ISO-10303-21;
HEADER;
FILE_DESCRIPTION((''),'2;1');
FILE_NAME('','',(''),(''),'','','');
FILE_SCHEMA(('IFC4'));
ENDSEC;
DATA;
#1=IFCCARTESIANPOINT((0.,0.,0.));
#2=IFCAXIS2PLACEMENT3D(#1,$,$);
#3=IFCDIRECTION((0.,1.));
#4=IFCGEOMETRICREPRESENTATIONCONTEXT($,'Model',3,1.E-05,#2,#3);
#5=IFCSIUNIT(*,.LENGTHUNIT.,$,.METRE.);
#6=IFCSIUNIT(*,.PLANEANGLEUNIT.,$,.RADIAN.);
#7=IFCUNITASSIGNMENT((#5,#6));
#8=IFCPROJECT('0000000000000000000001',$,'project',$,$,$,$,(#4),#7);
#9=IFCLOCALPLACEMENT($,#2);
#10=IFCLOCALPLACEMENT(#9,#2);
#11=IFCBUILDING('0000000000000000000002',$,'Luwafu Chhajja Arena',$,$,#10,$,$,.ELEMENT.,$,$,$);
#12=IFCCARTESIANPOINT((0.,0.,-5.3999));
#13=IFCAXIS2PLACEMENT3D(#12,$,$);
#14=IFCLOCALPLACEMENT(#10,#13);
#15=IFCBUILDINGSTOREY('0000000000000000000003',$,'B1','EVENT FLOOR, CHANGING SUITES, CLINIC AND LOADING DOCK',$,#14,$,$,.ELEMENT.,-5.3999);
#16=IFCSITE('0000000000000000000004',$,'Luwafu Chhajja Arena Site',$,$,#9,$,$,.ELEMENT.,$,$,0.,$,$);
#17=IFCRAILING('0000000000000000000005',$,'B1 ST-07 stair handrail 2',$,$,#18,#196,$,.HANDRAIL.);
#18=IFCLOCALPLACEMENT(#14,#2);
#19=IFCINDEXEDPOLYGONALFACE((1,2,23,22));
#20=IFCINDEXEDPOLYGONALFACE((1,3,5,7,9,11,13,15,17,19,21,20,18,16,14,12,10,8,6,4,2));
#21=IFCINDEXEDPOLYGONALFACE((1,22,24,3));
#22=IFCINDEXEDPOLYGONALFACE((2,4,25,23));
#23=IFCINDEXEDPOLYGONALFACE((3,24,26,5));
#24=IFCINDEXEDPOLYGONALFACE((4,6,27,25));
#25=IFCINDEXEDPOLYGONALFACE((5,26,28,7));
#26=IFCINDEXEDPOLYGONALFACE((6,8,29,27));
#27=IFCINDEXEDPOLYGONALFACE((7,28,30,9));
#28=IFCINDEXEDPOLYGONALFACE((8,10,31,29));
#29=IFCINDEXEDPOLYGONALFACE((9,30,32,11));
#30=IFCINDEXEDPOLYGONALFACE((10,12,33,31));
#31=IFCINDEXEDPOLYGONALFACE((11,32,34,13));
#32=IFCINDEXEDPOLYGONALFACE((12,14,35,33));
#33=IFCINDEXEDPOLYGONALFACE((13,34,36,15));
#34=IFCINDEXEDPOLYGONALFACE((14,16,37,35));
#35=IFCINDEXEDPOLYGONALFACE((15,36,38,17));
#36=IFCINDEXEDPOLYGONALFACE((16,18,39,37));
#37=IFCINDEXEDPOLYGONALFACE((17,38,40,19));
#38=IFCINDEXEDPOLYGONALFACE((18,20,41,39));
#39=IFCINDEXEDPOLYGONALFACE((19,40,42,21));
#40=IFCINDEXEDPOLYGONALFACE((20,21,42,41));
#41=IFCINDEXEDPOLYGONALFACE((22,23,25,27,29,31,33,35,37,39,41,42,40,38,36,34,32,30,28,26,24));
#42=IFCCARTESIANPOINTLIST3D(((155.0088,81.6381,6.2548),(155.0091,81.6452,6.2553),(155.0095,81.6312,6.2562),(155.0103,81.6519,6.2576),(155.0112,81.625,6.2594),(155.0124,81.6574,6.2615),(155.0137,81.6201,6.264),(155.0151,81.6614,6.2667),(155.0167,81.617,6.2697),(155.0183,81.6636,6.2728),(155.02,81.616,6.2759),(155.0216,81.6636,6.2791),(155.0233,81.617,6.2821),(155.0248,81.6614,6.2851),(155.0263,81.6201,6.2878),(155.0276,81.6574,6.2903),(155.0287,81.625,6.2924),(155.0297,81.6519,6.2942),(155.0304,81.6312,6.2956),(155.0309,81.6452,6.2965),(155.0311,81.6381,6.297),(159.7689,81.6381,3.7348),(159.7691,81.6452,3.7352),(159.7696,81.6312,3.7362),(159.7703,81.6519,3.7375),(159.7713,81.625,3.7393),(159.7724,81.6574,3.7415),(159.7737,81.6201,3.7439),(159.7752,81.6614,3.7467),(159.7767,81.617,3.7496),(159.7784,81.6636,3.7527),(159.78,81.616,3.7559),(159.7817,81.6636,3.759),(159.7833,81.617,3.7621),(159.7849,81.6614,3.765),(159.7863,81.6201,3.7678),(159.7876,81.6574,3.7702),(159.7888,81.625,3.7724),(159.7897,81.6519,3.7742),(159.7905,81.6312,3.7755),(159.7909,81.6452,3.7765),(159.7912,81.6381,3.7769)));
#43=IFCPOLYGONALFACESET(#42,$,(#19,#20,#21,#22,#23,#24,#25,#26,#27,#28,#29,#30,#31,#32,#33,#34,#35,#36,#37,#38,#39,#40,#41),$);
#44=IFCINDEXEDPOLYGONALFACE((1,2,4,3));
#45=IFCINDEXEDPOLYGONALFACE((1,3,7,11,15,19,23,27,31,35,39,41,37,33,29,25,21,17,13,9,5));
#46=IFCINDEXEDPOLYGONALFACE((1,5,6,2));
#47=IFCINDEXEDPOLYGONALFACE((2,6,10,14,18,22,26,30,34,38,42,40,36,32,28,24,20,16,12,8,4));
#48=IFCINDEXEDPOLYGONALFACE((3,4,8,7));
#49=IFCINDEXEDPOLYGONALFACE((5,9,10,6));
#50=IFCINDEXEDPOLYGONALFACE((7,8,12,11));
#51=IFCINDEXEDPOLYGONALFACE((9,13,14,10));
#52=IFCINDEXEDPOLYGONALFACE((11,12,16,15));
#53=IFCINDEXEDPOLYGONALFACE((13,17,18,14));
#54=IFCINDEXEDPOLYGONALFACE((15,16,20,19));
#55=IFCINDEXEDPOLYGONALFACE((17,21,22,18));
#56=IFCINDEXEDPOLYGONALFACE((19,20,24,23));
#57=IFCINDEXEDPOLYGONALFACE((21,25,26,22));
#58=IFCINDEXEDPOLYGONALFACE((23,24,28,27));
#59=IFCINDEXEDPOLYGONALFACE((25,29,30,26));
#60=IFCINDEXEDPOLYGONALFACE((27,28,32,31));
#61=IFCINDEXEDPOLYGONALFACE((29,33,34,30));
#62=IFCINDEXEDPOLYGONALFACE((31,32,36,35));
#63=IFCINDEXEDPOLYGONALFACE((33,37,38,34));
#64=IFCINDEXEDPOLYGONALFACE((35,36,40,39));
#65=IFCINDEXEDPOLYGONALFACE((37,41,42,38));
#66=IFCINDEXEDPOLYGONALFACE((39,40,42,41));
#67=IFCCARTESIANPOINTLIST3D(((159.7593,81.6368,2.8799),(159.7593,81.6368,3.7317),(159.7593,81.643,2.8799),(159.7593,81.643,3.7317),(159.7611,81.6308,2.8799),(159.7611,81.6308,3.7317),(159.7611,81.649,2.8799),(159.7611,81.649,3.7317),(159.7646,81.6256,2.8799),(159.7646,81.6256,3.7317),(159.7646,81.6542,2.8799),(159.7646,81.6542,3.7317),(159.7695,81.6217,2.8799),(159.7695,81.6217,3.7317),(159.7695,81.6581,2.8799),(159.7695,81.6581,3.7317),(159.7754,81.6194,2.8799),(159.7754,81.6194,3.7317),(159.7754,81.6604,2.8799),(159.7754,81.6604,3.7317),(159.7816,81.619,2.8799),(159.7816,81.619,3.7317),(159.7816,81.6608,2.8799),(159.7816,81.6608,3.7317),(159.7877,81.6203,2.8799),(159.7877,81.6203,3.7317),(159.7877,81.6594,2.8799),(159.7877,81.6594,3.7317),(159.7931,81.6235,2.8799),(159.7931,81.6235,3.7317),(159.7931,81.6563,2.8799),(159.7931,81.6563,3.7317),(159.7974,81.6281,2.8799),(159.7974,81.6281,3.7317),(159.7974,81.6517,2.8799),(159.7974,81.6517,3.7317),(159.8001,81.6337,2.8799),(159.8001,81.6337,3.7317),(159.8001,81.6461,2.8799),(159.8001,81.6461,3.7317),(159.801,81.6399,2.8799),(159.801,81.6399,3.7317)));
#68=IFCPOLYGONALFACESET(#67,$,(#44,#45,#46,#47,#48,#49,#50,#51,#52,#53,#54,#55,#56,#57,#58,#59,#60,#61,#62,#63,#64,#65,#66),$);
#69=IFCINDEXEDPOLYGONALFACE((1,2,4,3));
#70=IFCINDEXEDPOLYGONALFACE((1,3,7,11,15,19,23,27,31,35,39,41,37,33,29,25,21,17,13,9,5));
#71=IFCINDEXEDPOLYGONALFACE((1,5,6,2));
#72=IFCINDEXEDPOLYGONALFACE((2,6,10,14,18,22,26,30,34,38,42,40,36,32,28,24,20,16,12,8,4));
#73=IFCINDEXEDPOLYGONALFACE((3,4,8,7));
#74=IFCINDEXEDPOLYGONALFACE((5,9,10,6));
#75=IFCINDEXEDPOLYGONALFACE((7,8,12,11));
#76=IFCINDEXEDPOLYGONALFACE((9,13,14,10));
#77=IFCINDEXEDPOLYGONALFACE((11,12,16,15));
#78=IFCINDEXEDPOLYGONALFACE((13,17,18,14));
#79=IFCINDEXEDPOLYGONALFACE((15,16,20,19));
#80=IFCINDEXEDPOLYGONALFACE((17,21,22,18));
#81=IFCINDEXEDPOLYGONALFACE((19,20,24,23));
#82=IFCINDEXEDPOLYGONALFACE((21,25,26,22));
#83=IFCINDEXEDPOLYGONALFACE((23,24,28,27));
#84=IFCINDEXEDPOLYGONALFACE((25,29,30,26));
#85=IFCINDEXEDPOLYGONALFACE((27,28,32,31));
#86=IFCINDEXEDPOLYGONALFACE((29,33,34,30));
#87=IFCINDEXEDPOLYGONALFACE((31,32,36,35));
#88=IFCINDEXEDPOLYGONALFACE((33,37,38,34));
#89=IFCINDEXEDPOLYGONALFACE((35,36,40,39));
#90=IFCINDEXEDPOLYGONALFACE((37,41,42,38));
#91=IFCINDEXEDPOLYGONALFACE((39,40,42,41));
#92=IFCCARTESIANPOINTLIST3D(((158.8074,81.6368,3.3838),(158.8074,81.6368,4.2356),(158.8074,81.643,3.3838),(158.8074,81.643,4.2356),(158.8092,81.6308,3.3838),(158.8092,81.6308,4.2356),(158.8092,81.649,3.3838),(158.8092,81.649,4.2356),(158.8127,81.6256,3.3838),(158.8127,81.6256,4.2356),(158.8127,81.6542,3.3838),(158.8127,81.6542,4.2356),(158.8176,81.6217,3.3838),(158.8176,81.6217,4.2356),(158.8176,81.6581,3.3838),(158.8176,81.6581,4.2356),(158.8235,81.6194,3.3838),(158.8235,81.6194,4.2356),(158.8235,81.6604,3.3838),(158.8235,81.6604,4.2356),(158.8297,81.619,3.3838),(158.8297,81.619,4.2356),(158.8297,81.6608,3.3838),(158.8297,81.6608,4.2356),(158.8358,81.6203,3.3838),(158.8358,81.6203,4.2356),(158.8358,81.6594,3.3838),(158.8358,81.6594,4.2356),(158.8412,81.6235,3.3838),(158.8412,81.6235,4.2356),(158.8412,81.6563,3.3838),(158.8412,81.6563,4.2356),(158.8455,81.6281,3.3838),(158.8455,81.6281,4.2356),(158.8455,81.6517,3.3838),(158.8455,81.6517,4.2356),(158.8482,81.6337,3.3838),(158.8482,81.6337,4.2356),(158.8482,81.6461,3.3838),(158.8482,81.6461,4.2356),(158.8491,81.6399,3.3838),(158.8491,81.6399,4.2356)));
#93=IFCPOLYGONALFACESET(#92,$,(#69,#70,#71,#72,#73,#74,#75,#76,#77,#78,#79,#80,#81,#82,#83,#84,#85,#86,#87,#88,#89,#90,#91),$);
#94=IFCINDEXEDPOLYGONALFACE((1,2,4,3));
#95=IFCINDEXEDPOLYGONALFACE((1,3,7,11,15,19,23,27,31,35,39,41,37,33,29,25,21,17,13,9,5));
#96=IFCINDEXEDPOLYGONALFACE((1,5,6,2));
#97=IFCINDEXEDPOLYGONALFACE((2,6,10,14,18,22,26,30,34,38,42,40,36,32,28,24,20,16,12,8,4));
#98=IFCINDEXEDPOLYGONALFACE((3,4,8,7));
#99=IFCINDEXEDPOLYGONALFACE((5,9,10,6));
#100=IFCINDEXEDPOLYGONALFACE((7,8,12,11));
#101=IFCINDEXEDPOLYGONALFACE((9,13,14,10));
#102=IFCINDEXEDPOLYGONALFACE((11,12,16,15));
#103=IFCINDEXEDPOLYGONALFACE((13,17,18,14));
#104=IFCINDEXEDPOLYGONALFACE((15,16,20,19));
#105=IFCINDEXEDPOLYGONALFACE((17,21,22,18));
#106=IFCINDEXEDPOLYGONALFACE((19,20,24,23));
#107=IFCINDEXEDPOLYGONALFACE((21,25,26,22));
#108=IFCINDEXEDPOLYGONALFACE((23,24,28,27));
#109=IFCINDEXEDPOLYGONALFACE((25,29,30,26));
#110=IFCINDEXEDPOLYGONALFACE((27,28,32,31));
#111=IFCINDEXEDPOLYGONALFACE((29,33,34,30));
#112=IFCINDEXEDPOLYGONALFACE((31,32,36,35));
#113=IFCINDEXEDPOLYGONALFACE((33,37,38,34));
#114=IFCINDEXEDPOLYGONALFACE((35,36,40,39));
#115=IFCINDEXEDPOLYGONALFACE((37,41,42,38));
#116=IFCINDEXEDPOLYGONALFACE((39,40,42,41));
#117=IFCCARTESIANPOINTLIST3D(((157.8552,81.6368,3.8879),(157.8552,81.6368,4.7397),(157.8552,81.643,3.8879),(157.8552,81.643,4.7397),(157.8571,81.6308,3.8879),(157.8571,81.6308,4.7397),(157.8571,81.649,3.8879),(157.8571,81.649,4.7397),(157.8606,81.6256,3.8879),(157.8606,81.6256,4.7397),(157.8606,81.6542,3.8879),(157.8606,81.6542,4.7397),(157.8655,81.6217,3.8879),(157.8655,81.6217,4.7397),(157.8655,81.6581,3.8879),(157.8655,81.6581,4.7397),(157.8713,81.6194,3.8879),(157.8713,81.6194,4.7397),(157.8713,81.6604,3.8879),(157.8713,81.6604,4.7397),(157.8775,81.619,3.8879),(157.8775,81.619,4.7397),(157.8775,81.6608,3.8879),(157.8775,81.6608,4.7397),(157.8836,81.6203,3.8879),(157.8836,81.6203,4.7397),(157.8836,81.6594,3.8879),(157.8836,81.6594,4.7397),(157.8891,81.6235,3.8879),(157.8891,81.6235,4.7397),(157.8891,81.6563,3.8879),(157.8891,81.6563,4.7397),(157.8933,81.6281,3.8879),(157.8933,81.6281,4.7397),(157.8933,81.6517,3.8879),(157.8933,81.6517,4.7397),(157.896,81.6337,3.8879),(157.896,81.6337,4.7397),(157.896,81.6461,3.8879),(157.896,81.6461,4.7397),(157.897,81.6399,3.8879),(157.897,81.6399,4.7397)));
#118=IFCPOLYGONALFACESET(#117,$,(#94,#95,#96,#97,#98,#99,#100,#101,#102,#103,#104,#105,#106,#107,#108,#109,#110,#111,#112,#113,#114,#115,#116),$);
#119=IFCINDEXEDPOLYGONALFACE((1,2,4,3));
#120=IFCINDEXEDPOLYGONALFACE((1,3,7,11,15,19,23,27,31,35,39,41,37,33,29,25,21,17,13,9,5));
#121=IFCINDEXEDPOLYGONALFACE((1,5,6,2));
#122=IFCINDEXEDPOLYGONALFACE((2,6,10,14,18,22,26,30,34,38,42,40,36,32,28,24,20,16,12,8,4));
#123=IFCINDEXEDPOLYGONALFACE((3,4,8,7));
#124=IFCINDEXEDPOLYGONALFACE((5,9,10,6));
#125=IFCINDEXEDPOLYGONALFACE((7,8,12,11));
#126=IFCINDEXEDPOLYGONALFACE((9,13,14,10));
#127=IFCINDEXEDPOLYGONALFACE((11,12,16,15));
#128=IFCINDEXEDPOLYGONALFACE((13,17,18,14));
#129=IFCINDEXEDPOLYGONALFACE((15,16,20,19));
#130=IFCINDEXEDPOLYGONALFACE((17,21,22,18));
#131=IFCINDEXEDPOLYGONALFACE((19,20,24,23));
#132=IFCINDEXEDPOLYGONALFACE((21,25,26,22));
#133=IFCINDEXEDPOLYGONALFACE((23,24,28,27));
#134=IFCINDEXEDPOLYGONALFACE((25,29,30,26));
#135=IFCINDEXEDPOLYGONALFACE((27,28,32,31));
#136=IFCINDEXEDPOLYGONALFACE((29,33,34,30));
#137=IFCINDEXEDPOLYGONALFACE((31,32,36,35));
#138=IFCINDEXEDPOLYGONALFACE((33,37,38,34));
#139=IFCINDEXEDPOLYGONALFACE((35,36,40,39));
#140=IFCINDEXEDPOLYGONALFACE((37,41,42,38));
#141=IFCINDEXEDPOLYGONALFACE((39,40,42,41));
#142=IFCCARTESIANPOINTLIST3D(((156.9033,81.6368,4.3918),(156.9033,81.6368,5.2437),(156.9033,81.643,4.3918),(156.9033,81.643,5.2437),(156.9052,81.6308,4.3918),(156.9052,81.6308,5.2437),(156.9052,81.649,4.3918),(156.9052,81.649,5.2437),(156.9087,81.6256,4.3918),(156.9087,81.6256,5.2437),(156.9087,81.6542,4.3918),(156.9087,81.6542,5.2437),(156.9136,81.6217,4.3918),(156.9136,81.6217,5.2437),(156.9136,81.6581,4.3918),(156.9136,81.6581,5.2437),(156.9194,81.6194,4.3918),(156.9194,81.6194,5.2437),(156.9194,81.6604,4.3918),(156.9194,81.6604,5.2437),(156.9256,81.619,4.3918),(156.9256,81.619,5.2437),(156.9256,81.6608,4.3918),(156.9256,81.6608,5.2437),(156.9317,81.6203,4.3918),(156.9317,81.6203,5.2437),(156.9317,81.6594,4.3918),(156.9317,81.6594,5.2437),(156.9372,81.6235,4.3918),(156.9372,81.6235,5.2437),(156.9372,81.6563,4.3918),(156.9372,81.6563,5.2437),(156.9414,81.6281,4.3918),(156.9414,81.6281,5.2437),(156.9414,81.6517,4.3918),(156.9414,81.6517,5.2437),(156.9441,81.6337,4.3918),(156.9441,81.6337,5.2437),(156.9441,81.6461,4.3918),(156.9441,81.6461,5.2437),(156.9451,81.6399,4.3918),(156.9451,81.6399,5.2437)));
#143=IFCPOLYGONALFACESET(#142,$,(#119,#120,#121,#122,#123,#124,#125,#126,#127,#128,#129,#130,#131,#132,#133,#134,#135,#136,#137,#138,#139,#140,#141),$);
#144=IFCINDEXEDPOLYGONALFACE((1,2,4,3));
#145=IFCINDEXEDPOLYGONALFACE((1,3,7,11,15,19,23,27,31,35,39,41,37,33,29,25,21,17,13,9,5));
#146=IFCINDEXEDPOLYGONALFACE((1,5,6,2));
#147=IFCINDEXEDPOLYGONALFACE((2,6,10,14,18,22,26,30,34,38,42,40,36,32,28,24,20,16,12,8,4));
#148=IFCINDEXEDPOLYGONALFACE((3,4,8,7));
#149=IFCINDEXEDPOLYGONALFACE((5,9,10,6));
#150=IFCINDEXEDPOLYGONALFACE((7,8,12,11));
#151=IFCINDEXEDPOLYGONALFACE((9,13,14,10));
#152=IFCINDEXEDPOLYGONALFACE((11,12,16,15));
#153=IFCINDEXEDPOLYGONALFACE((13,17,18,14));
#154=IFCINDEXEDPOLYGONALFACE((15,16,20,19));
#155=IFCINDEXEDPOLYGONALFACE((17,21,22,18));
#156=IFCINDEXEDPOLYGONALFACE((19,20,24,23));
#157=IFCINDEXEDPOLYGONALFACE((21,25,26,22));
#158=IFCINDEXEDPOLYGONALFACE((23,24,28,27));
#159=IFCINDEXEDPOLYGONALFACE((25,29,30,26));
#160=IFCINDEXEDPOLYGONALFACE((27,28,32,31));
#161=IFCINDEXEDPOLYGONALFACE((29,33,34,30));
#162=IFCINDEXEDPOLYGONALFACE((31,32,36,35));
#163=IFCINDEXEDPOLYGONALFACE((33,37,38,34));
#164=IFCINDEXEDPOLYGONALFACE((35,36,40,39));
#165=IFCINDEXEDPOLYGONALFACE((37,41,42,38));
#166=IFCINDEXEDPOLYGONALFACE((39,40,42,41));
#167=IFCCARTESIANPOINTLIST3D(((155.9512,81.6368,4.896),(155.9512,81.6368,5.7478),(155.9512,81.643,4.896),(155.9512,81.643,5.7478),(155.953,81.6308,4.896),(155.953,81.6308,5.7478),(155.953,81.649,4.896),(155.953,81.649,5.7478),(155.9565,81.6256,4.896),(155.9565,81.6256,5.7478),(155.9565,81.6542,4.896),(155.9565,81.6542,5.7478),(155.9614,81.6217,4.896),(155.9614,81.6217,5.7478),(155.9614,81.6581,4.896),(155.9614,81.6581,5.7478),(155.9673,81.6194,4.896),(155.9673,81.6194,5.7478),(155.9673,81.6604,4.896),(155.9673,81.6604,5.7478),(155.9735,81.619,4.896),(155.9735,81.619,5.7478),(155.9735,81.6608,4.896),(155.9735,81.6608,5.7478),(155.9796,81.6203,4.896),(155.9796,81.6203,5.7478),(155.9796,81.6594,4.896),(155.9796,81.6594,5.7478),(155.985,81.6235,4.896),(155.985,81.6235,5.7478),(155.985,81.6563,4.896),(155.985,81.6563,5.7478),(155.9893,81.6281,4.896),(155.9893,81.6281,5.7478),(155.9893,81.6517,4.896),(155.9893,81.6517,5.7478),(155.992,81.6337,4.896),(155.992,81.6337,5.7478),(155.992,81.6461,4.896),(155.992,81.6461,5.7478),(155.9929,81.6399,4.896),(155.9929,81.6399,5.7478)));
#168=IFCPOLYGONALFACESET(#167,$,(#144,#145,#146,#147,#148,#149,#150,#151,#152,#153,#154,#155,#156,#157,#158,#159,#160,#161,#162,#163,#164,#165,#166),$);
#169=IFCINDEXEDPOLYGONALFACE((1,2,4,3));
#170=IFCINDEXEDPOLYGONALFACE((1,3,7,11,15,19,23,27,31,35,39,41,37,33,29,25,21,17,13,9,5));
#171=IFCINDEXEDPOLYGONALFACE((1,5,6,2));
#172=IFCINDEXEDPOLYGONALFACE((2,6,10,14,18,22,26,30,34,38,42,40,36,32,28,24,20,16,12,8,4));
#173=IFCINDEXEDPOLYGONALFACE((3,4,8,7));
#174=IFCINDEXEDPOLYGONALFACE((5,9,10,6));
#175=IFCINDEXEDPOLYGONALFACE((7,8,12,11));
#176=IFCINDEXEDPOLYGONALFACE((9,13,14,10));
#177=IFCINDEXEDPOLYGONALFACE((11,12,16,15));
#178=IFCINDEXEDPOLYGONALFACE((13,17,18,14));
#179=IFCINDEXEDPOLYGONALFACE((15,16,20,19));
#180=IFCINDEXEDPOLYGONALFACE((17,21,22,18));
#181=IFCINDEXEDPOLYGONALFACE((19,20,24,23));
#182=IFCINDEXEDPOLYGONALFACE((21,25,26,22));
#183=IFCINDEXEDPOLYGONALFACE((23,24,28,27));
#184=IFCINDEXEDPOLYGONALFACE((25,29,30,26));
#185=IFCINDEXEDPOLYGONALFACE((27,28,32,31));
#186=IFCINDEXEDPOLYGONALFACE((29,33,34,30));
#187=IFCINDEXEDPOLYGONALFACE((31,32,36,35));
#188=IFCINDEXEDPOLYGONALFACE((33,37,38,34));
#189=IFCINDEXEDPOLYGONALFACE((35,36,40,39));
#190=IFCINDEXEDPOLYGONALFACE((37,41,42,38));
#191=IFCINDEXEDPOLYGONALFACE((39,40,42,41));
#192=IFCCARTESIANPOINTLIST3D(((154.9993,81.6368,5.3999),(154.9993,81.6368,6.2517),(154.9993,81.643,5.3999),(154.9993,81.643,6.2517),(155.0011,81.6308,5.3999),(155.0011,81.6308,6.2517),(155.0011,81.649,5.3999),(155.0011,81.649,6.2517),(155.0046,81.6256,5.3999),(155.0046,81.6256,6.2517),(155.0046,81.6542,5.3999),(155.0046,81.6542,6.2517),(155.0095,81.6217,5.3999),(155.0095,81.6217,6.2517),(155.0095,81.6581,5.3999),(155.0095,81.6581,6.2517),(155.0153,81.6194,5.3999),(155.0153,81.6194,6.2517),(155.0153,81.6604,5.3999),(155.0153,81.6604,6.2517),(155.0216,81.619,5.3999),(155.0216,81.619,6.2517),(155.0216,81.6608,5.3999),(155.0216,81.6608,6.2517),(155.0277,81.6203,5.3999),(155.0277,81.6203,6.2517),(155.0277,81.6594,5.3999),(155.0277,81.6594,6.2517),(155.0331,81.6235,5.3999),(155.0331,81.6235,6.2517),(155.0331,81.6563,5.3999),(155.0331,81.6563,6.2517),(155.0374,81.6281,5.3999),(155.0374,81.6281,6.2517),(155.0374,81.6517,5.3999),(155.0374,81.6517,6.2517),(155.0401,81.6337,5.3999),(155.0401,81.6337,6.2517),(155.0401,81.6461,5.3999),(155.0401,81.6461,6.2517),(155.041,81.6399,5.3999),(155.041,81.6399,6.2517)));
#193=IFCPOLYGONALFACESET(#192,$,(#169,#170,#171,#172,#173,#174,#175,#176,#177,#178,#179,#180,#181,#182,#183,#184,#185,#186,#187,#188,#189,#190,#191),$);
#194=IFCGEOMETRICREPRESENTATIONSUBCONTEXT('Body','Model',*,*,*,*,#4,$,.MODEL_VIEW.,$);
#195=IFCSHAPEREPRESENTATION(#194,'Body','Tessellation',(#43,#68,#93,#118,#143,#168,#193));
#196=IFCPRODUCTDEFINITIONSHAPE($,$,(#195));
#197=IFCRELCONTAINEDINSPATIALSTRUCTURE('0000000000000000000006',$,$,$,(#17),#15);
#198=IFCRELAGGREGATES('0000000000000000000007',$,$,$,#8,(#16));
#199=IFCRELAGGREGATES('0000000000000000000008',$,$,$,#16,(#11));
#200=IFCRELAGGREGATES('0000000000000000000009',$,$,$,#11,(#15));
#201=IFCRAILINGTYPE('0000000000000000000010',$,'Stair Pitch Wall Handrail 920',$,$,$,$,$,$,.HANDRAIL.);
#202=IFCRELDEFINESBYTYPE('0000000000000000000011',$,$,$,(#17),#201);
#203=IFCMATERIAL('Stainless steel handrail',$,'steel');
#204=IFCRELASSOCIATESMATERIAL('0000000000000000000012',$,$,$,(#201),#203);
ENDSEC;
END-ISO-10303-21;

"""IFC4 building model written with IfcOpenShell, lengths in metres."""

from ifc_helpers import new_model, si_unit, direction, frame, origin, origin_2d, place, context, subcontext, project, spatial, circle, extrude, material, type_object, element, save


model = new_model("IFC4")

# Units and contexts
model_context = context("Model", 3, precision=1e-05, world=origin(), true_north=direction((0.0, 1.0)))
body_context = subcontext(model_context, "Body", "Model", "MODEL_VIEW")
ifc_project = project(units=[si_unit("LENGTHUNIT", "METRE"), si_unit("PLANEANGLEUNIT", "RADIAN")], contexts=[model_context])

# Site, building, storey
site_placement = place(None, origin())
site = spatial("IfcSite", under=ifc_project, at=site_placement, Name="Luwafu Chhajja Arena Site", CompositionType="ELEMENT", RefElevation=0.0)
building_placement = place(site_placement, origin())
building = spatial("IfcBuilding", under=site, at=building_placement, Name="Luwafu Chhajja Arena", CompositionType="ELEMENT")
storey_placement = place(building_placement, frame((0.0, 0.0, -5.3999)))
storey = spatial("IfcBuildingStorey", under=building, at=storey_placement, Name="B1", Description="EVENT FLOOR, CHANGING SUITES, CLINIC AND LOADING DOCK", CompositionType="ELEMENT", Elevation=-5.3999)

# Railing
ifc_material_1 = material(Name="Stainless steel handrail", Category="steel")
railing_type_1 = type_object("IfcRailingType", Name="Stair Pitch Wall Handrail 920", PredefinedType="HANDRAIL", material=ifc_material_1)
railing_1_placement = place(storey_placement, frame((159.78, 81.6399, 2.8799)))
element("IfcRailing", 1, at=railing_1_placement, inside=storey, type_object=railing_type_1, Name="B1 ST-07 stair handrail 2", PredefinedType="HANDRAIL", context=body_context, shape_type="SweptSolid", body=[
    extrude(circle(Radius=0.0239, at=origin_2d()), frame((0.0, 0.0, 0.876), z_axis=(-0.883787, 0.0, 0.46789), x_axis=(0.0, -1.0, 0.0)), (0.0, 0.0, 1.0), 5.386),
    extrude(circle(Radius=0.021, at=origin_2d()), origin(), (0.0, 0.0, 1.0), 0.8518),
    extrude(circle(Radius=0.021, at=origin_2d()), frame((-0.9519, 0.0, 0.5039)), (0.0, 0.0, 1.0), 0.8518),
    extrude(circle(Radius=0.021, at=origin_2d()), frame((-1.9041, 0.0, 1.0081)), (0.0, 0.0, 1.0), 0.8518),
    extrude(circle(Radius=0.021, at=origin_2d()), frame((-2.856, 0.0, 1.512)), (0.0, 0.0, 1.0), 0.8518),
    extrude(circle(Radius=0.021, at=origin_2d()), frame((-3.8081, 0.0, 2.0161)), (0.0, 0.0, 1.0), 0.8518),
    extrude(circle(Radius=0.021, at=origin_2d()), frame((-4.76, 0.0, 2.52)), (0.0, 0.0, 1.0), 0.8518),
])

save(model, "model.ifc")
